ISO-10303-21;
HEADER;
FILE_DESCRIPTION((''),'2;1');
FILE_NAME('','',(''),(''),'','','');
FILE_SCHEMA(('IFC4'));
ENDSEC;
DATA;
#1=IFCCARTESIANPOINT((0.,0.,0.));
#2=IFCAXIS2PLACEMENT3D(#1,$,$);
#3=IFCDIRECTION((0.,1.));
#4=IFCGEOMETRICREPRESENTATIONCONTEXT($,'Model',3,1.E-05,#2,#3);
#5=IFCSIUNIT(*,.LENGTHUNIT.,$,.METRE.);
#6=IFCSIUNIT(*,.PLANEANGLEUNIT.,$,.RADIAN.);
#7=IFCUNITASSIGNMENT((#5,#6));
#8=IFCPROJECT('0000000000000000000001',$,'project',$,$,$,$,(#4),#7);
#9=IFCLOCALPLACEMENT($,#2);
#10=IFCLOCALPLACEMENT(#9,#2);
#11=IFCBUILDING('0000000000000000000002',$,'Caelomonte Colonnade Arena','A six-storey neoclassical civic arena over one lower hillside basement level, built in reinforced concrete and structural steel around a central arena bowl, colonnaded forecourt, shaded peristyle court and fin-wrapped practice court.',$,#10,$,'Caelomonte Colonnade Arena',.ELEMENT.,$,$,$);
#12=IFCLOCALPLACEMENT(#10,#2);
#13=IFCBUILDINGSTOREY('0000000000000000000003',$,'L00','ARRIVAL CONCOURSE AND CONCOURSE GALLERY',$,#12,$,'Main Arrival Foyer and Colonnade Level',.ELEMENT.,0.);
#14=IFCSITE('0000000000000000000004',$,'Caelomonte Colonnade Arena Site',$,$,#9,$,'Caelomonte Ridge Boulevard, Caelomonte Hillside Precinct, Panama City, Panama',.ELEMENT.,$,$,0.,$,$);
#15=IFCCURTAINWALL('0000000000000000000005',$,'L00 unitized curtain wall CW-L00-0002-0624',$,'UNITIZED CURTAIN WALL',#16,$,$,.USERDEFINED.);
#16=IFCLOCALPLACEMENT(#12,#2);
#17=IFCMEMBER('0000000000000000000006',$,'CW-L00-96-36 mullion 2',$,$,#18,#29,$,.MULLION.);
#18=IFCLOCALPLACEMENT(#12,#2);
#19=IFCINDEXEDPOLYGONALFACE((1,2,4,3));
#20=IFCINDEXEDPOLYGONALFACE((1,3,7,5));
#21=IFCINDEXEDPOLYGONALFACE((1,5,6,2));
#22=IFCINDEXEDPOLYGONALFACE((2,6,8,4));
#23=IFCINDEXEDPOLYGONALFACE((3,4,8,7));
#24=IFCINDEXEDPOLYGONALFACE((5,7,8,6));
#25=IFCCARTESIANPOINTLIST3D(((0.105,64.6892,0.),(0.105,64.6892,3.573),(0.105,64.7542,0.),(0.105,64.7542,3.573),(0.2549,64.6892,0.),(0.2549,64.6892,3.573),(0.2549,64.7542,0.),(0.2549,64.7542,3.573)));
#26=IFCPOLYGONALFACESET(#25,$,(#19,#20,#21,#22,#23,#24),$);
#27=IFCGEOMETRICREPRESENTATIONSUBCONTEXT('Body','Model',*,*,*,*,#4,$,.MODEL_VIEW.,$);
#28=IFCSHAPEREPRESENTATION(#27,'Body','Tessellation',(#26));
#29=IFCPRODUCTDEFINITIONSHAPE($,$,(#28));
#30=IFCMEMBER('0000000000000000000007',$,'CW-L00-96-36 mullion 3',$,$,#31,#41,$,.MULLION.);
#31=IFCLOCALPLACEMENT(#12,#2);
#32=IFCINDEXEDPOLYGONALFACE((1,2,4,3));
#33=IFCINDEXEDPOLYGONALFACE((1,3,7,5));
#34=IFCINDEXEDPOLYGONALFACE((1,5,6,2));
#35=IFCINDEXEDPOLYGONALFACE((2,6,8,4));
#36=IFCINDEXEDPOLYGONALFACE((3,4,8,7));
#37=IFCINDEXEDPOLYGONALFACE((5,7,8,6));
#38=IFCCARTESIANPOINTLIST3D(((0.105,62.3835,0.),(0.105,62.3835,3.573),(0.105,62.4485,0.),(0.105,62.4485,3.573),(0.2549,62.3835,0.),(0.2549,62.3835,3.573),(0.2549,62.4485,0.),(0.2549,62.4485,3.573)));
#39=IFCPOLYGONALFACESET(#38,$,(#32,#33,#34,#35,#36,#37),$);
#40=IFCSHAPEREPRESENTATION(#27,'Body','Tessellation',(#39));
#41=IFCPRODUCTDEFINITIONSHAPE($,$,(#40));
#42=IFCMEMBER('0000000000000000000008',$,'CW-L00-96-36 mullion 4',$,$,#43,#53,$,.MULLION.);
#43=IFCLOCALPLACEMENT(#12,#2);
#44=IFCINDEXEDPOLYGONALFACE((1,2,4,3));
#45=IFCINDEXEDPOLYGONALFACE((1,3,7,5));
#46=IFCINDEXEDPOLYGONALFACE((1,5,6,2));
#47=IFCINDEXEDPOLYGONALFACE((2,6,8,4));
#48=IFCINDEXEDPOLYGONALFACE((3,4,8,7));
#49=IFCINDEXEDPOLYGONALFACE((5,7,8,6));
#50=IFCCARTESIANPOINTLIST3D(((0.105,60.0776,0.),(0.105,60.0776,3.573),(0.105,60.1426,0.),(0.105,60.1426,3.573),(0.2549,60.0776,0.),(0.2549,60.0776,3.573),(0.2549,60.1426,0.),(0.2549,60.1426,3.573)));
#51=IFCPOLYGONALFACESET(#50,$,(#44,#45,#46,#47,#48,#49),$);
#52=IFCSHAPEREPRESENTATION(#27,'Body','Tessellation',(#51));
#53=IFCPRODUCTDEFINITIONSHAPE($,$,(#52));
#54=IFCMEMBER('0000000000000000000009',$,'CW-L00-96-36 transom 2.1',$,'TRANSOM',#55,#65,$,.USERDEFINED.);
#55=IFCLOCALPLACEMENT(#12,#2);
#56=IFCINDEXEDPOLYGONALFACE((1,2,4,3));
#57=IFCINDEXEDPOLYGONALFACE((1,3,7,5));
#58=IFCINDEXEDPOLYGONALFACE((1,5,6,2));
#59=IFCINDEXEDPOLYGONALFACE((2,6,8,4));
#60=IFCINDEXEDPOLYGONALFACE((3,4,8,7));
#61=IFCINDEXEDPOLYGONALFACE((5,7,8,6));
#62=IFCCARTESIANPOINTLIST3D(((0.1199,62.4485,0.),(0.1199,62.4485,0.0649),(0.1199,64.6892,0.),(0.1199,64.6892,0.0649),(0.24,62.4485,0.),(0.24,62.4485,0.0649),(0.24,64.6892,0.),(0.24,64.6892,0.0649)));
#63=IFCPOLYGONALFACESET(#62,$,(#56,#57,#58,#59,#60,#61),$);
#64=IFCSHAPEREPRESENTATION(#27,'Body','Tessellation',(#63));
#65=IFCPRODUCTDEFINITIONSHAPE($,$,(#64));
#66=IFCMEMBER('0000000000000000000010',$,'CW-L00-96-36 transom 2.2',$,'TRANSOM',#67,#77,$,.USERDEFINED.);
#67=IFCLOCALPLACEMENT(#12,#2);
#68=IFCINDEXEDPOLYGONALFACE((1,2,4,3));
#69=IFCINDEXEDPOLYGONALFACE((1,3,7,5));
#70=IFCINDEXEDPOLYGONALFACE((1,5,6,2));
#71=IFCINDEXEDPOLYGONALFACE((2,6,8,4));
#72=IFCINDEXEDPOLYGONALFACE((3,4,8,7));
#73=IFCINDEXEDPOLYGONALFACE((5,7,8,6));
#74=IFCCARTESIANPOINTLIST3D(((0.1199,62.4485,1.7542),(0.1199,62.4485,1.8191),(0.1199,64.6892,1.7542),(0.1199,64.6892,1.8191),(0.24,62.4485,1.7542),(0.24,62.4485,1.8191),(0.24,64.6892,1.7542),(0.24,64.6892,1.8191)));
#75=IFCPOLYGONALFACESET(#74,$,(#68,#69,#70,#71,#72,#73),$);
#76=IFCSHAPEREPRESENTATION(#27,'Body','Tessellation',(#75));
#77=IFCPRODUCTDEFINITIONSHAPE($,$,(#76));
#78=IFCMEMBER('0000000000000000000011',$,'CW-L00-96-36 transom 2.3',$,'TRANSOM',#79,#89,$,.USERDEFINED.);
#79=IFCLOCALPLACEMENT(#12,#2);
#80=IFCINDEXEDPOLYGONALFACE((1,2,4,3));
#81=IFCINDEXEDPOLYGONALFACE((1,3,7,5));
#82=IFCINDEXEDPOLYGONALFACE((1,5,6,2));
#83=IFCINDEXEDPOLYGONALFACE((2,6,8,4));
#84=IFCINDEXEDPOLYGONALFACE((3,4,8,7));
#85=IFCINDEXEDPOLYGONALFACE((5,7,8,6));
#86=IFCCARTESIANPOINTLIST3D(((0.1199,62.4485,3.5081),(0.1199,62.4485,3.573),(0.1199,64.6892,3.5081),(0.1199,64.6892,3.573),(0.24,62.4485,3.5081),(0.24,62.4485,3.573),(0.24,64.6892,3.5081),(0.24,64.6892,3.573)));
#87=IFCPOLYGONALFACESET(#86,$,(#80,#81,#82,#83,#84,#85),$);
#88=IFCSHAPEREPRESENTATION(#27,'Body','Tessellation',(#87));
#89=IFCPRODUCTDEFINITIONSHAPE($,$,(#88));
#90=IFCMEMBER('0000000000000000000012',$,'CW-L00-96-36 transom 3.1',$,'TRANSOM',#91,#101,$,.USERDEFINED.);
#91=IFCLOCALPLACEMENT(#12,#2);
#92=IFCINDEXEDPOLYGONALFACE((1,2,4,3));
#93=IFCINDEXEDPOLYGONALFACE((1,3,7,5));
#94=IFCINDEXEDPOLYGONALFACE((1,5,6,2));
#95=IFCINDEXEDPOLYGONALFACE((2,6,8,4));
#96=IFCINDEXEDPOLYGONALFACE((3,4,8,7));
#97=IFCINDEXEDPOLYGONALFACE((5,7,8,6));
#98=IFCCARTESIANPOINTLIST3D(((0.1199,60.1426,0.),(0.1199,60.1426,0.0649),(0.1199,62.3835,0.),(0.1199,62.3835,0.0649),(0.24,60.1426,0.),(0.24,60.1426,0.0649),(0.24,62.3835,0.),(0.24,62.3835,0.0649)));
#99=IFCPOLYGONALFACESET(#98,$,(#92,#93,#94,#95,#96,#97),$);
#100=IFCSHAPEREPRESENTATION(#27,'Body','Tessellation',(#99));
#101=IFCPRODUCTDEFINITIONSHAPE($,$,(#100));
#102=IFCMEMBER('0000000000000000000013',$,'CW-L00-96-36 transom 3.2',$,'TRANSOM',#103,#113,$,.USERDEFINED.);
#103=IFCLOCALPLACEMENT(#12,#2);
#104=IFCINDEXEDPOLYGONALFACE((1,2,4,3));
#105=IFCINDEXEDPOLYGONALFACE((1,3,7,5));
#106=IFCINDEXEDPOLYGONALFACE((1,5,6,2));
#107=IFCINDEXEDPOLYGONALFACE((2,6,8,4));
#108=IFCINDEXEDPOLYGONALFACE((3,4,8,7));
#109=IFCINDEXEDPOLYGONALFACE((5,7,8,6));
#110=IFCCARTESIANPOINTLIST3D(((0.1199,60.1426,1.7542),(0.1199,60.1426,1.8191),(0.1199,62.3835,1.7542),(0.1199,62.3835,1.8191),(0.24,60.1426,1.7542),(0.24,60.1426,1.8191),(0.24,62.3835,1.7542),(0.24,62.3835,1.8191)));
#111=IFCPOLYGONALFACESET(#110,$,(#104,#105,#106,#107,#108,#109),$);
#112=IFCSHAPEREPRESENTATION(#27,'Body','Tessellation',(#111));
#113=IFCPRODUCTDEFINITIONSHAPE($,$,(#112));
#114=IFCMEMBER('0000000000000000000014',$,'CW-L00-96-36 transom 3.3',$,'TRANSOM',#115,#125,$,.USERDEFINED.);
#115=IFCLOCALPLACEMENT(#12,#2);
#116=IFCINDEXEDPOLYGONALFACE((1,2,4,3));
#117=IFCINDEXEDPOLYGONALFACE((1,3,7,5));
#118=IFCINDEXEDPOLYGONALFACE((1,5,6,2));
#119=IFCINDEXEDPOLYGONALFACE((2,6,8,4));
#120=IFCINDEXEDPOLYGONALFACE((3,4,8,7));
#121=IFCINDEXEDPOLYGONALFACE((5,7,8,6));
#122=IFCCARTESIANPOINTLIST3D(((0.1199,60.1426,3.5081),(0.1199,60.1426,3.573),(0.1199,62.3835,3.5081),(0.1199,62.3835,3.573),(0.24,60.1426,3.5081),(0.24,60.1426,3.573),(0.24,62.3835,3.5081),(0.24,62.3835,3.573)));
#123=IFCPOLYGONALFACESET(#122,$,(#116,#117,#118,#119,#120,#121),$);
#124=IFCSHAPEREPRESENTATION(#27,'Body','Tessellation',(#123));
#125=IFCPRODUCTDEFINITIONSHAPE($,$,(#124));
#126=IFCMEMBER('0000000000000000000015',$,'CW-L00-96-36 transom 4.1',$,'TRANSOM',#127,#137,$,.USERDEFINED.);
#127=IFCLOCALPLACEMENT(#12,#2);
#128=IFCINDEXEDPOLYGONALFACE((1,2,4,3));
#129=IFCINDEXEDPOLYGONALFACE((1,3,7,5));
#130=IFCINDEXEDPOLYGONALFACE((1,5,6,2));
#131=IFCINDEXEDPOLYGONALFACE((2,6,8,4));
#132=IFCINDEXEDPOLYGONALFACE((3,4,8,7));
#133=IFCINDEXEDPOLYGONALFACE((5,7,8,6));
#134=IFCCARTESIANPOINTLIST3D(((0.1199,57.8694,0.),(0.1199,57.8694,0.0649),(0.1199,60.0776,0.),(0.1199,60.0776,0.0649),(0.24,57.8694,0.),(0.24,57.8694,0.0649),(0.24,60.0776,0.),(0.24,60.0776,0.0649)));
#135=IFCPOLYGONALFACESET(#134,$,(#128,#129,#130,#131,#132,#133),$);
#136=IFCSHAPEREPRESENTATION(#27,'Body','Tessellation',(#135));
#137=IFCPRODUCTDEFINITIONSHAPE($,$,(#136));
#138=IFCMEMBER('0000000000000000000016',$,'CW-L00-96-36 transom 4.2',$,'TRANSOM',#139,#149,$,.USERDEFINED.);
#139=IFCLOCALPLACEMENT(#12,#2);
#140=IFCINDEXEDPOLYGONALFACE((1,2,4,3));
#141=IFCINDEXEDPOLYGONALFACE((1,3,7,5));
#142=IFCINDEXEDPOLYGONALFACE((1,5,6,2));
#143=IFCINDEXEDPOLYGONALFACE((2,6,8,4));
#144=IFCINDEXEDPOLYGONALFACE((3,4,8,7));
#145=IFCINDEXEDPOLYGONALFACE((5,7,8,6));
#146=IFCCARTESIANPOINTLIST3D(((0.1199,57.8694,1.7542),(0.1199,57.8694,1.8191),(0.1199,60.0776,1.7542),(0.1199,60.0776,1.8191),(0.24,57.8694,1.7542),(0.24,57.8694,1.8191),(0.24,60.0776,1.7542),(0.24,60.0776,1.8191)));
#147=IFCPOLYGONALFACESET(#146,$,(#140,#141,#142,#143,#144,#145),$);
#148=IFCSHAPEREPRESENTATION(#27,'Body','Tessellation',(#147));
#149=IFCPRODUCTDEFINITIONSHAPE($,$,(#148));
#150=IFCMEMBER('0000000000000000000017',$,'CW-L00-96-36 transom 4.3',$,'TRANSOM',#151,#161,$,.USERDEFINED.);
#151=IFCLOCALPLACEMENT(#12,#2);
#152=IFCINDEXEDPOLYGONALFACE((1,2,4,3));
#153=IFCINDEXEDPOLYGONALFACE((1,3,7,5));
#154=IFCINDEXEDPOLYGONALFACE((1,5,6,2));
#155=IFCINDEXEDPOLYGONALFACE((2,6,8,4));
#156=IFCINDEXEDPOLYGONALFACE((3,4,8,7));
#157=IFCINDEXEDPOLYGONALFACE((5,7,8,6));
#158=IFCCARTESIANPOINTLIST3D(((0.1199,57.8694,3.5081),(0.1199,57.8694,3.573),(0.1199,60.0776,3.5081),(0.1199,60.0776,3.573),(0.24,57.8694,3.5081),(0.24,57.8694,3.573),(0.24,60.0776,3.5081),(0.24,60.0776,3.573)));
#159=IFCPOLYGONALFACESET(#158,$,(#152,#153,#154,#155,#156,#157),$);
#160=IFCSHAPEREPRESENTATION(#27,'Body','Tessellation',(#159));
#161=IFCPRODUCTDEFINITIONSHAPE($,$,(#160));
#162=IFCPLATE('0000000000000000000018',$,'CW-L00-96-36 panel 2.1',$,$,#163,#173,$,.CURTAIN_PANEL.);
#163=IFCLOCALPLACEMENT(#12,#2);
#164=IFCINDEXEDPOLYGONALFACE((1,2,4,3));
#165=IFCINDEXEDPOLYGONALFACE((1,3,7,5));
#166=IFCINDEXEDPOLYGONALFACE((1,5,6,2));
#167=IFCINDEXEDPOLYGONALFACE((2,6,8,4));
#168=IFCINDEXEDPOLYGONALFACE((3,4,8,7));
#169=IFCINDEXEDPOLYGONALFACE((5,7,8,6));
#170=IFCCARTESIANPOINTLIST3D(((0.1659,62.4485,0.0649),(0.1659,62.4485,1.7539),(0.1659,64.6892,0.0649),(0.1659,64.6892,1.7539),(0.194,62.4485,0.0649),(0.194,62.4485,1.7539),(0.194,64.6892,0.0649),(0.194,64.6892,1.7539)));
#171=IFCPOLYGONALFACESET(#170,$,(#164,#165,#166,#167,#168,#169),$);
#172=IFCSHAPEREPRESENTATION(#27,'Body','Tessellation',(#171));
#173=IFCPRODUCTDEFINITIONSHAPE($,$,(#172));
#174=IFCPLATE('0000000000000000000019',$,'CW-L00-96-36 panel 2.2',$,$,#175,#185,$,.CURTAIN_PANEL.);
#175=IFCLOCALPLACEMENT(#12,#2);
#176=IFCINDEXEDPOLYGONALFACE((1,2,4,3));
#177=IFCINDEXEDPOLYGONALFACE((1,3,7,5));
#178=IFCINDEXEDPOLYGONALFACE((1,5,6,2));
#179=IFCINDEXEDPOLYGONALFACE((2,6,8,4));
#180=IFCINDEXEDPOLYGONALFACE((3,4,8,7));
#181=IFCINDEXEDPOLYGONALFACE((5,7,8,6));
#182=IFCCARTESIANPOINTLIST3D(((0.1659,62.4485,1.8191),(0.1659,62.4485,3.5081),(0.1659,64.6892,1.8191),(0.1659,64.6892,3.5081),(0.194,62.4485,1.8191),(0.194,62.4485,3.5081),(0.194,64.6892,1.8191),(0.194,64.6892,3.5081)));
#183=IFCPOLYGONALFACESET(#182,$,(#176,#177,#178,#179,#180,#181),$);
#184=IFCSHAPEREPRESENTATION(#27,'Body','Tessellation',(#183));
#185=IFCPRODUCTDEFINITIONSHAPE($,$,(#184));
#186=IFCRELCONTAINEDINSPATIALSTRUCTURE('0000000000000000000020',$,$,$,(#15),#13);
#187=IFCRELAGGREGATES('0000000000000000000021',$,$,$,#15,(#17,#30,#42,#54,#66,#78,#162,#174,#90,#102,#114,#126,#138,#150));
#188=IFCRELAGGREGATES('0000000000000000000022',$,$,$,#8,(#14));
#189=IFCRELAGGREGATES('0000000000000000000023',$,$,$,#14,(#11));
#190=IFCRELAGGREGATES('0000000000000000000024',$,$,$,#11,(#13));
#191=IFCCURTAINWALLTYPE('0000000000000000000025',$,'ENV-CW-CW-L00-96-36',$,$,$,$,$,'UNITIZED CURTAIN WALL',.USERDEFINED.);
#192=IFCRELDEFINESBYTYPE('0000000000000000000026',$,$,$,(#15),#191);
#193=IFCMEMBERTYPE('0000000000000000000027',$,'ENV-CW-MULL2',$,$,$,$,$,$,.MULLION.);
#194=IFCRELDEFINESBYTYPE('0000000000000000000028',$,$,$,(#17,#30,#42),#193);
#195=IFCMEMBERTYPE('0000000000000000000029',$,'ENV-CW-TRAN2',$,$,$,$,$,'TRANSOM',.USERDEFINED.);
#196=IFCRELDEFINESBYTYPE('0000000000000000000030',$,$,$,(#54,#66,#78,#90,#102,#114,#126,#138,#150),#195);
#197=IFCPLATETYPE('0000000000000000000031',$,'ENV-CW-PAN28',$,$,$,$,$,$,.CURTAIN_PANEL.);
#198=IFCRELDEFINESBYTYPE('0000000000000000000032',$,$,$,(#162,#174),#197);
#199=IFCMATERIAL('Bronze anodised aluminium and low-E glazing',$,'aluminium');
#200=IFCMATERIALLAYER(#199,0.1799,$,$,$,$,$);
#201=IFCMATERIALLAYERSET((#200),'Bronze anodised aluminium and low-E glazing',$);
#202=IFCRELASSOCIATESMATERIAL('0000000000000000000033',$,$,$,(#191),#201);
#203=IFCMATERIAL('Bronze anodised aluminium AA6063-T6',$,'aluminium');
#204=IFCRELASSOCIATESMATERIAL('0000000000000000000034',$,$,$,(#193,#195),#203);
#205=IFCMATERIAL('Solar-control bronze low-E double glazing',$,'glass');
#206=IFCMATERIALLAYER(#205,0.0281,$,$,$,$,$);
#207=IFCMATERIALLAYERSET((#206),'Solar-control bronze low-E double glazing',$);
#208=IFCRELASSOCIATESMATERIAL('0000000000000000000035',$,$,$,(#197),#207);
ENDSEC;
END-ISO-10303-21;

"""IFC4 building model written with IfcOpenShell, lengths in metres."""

from ifc_helpers import new_model, si_unit, direction, frame, origin, origin_2d, place, context, subcontext, project, spatial, rectangle, extrude, material, layer, layer_set, material_profile, profile_set, type_object, element, aggregate, save


model = new_model("IFC4")

# Units and contexts
model_context = context("Model", 3, precision=1e-05, world=origin(), true_north=direction((0.0, 1.0)))
body_context = subcontext(model_context, "Body", "Model", "MODEL_VIEW")
ifc_project = project(units=[si_unit("LENGTHUNIT", "METRE"), si_unit("PLANEANGLEUNIT", "RADIAN")], contexts=[model_context])

# Site, building, storey
site_placement = place(None, origin())
site = spatial("IfcSite", under=ifc_project, at=site_placement, Name="Caelomonte Colonnade Arena Site", LongName="Caelomonte Ridge Boulevard, Caelomonte Hillside Precinct, Panama City, Panama", CompositionType="ELEMENT", RefElevation=0.0)
building_placement = place(site_placement, origin())
building = spatial("IfcBuilding", under=site, at=building_placement, Name="Caelomonte Colonnade Arena", Description="A six-storey neoclassical civic arena over one lower hillside basement level, built in reinforced concrete and structural steel around a central arena bowl, colonnaded forecourt, shaded peristyle court and fin-wrapped practice court.", LongName="Caelomonte Colonnade Arena", CompositionType="ELEMENT")
storey_placement = place(building_placement, origin())
storey = spatial("IfcBuildingStorey", under=building, at=storey_placement, Name="L00", Description="ARRIVAL CONCOURSE AND CONCOURSE GALLERY", LongName="Main Arrival Foyer and Colonnade Level", CompositionType="ELEMENT", Elevation=0.0)

# Curtain wall, members, plates
ifc_material_1 = material(Name="Bronze anodised aluminium and low-E glazing", Category="aluminium")
ifc_layer_1 = layer(ifc_material_1, 0.1799)
ifc_layer_set_1 = layer_set([ifc_layer_1], Name="Bronze anodised aluminium and low-E glazing")
curtain_wall_type = type_object("IfcCurtainWallType", Name="ENV-CW-CW-L00-96-36", ElementType="UNITIZED CURTAIN WALL", PredefinedType="USERDEFINED", material=ifc_layer_set_1)
curtain_wall_placement = place(storey_placement, origin())
curtain_wall = element("IfcCurtainWall", 1, at=curtain_wall_placement, inside=storey, type_object=curtain_wall_type, Name="L00 unitized curtain wall CW-L00-0002-0624", ObjectType="UNITIZED CURTAIN WALL", PredefinedType="USERDEFINED")
ifc_material_2 = material(Name="Bronze anodised aluminium AA6063-T6", Category="aluminium")
ifc_material_profile_1 = material_profile(ifc_material_2, rectangle(XDim=0.0649, YDim=0.1499, at=origin_2d()), Name="CWM-65X150")
ifc_profile_set_1 = profile_set([ifc_material_profile_1], Name="Bronze anodised aluminium AA6063-T6")
member_type_1 = type_object("IfcMemberType", Name="ENV-CW-MULL2", PredefinedType="MULLION", material=ifc_profile_set_1)
member_1_placement = place(storey_placement, frame((0.1799, 64.7217, 0.0), z_axis=(0.0, 0.0, 1.0), x_axis=(0.0, -1.0, 0.0)))
member_1 = element("IfcMember", 2, at=member_1_placement, type_object=member_type_1, Name="CW-L00-96-36 mullion 2", PredefinedType="MULLION", context=body_context, shape_type="SweptSolid", body=[
    extrude(rectangle(XDim=0.0649, YDim=0.1499, at=origin_2d()), origin(), (0.0, 0.0, 1.0), 3.573),
])
member_2_placement = place(storey_placement, frame((0.1799, 62.416, 0.0), z_axis=(0.0, 0.0, 1.0), x_axis=(0.0, -1.0, 0.0)))
member_2 = element("IfcMember", 3, at=member_2_placement, type_object=member_type_1, Name="CW-L00-96-36 mullion 3", PredefinedType="MULLION", context=body_context, shape_type="SweptSolid", body=[
    extrude(rectangle(XDim=0.0649, YDim=0.1499, at=origin_2d()), origin(), (0.0, 0.0, 1.0), 3.573),
])
member_3_placement = place(storey_placement, frame((0.1799, 60.1101, 0.0), z_axis=(0.0, 0.0, 1.0), x_axis=(0.0, -1.0, 0.0)))
member_3 = element("IfcMember", 4, at=member_3_placement, type_object=member_type_1, Name="CW-L00-96-36 mullion 4", PredefinedType="MULLION", context=body_context, shape_type="SweptSolid", body=[
    extrude(rectangle(XDim=0.0649, YDim=0.1499, at=origin_2d()), origin(), (0.0, 0.0, 1.0), 3.573),
])
ifc_material_profile_2 = material_profile(ifc_material_2, rectangle(XDim=0.0649, YDim=0.1201, at=origin_2d()), Name="CWT-65X120")
ifc_profile_set_2 = profile_set([ifc_material_profile_2], Name="Bronze anodised aluminium AA6063-T6")
member_type_2 = type_object("IfcMemberType", Name="ENV-CW-TRAN2", ElementType="TRANSOM", PredefinedType="USERDEFINED", material=ifc_profile_set_2)
member_4_placement = place(storey_placement, frame((0.1799, 64.6892, 0.0325), z_axis=(0.0, -1.0, 0.0), x_axis=(0.0, 0.0, 1.0)))
member_4 = element("IfcMember", 5, at=member_4_placement, type_object=member_type_2, Name="CW-L00-96-36 transom 2.1", ObjectType="TRANSOM", PredefinedType="USERDEFINED", context=body_context, shape_type="SweptSolid", body=[
    extrude(rectangle(XDim=0.0649, YDim=0.1201, at=origin_2d()), origin(), (0.0, 0.0, 1.0), 2.2407),
])
member_5_placement = place(storey_placement, frame((0.1799, 64.6892, 1.7866), z_axis=(0.0, -1.0, 0.0), x_axis=(0.0, 0.0, 1.0)))
member_5 = element("IfcMember", 6, at=member_5_placement, type_object=member_type_2, Name="CW-L00-96-36 transom 2.2", ObjectType="TRANSOM", PredefinedType="USERDEFINED", context=body_context, shape_type="SweptSolid", body=[
    extrude(rectangle(XDim=0.0649, YDim=0.1201, at=origin_2d()), origin(), (0.0, 0.0, 1.0), 2.2407),
])
member_6_placement = place(storey_placement, frame((0.1799, 64.6892, 3.5405), z_axis=(0.0, -1.0, 0.0), x_axis=(0.0, 0.0, 1.0)))
member_6 = element("IfcMember", 7, at=member_6_placement, type_object=member_type_2, Name="CW-L00-96-36 transom 2.3", ObjectType="TRANSOM", PredefinedType="USERDEFINED", context=body_context, shape_type="SweptSolid", body=[
    extrude(rectangle(XDim=0.0649, YDim=0.1201, at=origin_2d()), origin(), (0.0, 0.0, 1.0), 2.2407),
])
member_7_placement = place(storey_placement, frame((0.1799, 62.3835, 0.0325), z_axis=(0.0, -1.0, 0.0), x_axis=(0.0, 0.0, 1.0)))
member_7 = element("IfcMember", 8, at=member_7_placement, type_object=member_type_2, Name="CW-L00-96-36 transom 3.1", ObjectType="TRANSOM", PredefinedType="USERDEFINED", context=body_context, shape_type="SweptSolid", body=[
    extrude(rectangle(XDim=0.0649, YDim=0.1201, at=origin_2d()), origin(), (0.0, 0.0, 1.0), 2.241),
])
member_8_placement = place(storey_placement, frame((0.1799, 62.3835, 1.7866), z_axis=(0.0, -1.0, 0.0), x_axis=(0.0, 0.0, 1.0)))
member_8 = element("IfcMember", 9, at=member_8_placement, type_object=member_type_2, Name="CW-L00-96-36 transom 3.2", ObjectType="TRANSOM", PredefinedType="USERDEFINED", context=body_context, shape_type="SweptSolid", body=[
    extrude(rectangle(XDim=0.0649, YDim=0.1201, at=origin_2d()), origin(), (0.0, 0.0, 1.0), 2.241),
])
member_9_placement = place(storey_placement, frame((0.1799, 62.3835, 3.5405), z_axis=(0.0, -1.0, 0.0), x_axis=(0.0, 0.0, 1.0)))
member_9 = element("IfcMember", 10, at=member_9_placement, type_object=member_type_2, Name="CW-L00-96-36 transom 3.3", ObjectType="TRANSOM", PredefinedType="USERDEFINED", context=body_context, shape_type="SweptSolid", body=[
    extrude(rectangle(XDim=0.0649, YDim=0.1201, at=origin_2d()), origin(), (0.0, 0.0, 1.0), 2.241),
])
member_10_placement = place(storey_placement, frame((0.1799, 60.0776, 0.0325), z_axis=(0.0, -1.0, 0.0), x_axis=(0.0, 0.0, 1.0)))
member_10 = element("IfcMember", 11, at=member_10_placement, type_object=member_type_2, Name="CW-L00-96-36 transom 4.1", ObjectType="TRANSOM", PredefinedType="USERDEFINED", context=body_context, shape_type="SweptSolid", body=[
    extrude(rectangle(XDim=0.0649, YDim=0.1201, at=origin_2d()), origin(), (0.0, 0.0, 1.0), 2.2083),
])
member_11_placement = place(storey_placement, frame((0.1799, 60.0776, 1.7866), z_axis=(0.0, -1.0, 0.0), x_axis=(0.0, 0.0, 1.0)))
member_11 = element("IfcMember", 12, at=member_11_placement, type_object=member_type_2, Name="CW-L00-96-36 transom 4.2", ObjectType="TRANSOM", PredefinedType="USERDEFINED", context=body_context, shape_type="SweptSolid", body=[
    extrude(rectangle(XDim=0.0649, YDim=0.1201, at=origin_2d()), origin(), (0.0, 0.0, 1.0), 2.2083),
])
member_12_placement = place(storey_placement, frame((0.1799, 60.0776, 3.5405), z_axis=(0.0, -1.0, 0.0), x_axis=(0.0, 0.0, 1.0)))
member_12 = element("IfcMember", 13, at=member_12_placement, type_object=member_type_2, Name="CW-L00-96-36 transom 4.3", ObjectType="TRANSOM", PredefinedType="USERDEFINED", context=body_context, shape_type="SweptSolid", body=[
    extrude(rectangle(XDim=0.0649, YDim=0.1201, at=origin_2d()), origin(), (0.0, 0.0, 1.0), 2.2083),
])
ifc_material_3 = material(Name="Solar-control bronze low-E double glazing", Category="glass")
ifc_layer_2 = layer(ifc_material_3, 0.0281)
ifc_layer_set_2 = layer_set([ifc_layer_2], Name="Solar-control bronze low-E double glazing")
plate_type = type_object("IfcPlateType", Name="ENV-CW-PAN28", PredefinedType="CURTAIN_PANEL", material=ifc_layer_set_2)
plate_1_placement = place(storey_placement, frame((0.1799, 63.5688, 0.0649), z_axis=(0.0, 0.0, 1.0), x_axis=(0.0, -1.0, 0.0)))
plate_1 = element("IfcPlate", 14, at=plate_1_placement, type_object=plate_type, Name="CW-L00-96-36 panel 2.1", PredefinedType="CURTAIN_PANEL", context=body_context, shape_type="SweptSolid", body=[
    extrude(rectangle(XDim=2.2407, YDim=0.0281, at=origin_2d()), origin(), (0.0, 0.0, 1.0), 1.689),
])
plate_2_placement = place(storey_placement, frame((0.1799, 63.5688, 1.8191), z_axis=(0.0, 0.0, 1.0), x_axis=(0.0, -1.0, 0.0)))
plate_2 = element("IfcPlate", 15, at=plate_2_placement, type_object=plate_type, Name="CW-L00-96-36 panel 2.2", PredefinedType="CURTAIN_PANEL", context=body_context, shape_type="SweptSolid", body=[
    extrude(rectangle(XDim=2.2407, YDim=0.0281, at=origin_2d()), origin(), (0.0, 0.0, 1.0), 1.689),
])
aggregate(curtain_wall, [member_1, member_2, member_3, member_4, member_5, member_6, plate_1, plate_2, member_7, member_8, member_9, member_10, member_11, member_12])

save(model, "model.ifc")
